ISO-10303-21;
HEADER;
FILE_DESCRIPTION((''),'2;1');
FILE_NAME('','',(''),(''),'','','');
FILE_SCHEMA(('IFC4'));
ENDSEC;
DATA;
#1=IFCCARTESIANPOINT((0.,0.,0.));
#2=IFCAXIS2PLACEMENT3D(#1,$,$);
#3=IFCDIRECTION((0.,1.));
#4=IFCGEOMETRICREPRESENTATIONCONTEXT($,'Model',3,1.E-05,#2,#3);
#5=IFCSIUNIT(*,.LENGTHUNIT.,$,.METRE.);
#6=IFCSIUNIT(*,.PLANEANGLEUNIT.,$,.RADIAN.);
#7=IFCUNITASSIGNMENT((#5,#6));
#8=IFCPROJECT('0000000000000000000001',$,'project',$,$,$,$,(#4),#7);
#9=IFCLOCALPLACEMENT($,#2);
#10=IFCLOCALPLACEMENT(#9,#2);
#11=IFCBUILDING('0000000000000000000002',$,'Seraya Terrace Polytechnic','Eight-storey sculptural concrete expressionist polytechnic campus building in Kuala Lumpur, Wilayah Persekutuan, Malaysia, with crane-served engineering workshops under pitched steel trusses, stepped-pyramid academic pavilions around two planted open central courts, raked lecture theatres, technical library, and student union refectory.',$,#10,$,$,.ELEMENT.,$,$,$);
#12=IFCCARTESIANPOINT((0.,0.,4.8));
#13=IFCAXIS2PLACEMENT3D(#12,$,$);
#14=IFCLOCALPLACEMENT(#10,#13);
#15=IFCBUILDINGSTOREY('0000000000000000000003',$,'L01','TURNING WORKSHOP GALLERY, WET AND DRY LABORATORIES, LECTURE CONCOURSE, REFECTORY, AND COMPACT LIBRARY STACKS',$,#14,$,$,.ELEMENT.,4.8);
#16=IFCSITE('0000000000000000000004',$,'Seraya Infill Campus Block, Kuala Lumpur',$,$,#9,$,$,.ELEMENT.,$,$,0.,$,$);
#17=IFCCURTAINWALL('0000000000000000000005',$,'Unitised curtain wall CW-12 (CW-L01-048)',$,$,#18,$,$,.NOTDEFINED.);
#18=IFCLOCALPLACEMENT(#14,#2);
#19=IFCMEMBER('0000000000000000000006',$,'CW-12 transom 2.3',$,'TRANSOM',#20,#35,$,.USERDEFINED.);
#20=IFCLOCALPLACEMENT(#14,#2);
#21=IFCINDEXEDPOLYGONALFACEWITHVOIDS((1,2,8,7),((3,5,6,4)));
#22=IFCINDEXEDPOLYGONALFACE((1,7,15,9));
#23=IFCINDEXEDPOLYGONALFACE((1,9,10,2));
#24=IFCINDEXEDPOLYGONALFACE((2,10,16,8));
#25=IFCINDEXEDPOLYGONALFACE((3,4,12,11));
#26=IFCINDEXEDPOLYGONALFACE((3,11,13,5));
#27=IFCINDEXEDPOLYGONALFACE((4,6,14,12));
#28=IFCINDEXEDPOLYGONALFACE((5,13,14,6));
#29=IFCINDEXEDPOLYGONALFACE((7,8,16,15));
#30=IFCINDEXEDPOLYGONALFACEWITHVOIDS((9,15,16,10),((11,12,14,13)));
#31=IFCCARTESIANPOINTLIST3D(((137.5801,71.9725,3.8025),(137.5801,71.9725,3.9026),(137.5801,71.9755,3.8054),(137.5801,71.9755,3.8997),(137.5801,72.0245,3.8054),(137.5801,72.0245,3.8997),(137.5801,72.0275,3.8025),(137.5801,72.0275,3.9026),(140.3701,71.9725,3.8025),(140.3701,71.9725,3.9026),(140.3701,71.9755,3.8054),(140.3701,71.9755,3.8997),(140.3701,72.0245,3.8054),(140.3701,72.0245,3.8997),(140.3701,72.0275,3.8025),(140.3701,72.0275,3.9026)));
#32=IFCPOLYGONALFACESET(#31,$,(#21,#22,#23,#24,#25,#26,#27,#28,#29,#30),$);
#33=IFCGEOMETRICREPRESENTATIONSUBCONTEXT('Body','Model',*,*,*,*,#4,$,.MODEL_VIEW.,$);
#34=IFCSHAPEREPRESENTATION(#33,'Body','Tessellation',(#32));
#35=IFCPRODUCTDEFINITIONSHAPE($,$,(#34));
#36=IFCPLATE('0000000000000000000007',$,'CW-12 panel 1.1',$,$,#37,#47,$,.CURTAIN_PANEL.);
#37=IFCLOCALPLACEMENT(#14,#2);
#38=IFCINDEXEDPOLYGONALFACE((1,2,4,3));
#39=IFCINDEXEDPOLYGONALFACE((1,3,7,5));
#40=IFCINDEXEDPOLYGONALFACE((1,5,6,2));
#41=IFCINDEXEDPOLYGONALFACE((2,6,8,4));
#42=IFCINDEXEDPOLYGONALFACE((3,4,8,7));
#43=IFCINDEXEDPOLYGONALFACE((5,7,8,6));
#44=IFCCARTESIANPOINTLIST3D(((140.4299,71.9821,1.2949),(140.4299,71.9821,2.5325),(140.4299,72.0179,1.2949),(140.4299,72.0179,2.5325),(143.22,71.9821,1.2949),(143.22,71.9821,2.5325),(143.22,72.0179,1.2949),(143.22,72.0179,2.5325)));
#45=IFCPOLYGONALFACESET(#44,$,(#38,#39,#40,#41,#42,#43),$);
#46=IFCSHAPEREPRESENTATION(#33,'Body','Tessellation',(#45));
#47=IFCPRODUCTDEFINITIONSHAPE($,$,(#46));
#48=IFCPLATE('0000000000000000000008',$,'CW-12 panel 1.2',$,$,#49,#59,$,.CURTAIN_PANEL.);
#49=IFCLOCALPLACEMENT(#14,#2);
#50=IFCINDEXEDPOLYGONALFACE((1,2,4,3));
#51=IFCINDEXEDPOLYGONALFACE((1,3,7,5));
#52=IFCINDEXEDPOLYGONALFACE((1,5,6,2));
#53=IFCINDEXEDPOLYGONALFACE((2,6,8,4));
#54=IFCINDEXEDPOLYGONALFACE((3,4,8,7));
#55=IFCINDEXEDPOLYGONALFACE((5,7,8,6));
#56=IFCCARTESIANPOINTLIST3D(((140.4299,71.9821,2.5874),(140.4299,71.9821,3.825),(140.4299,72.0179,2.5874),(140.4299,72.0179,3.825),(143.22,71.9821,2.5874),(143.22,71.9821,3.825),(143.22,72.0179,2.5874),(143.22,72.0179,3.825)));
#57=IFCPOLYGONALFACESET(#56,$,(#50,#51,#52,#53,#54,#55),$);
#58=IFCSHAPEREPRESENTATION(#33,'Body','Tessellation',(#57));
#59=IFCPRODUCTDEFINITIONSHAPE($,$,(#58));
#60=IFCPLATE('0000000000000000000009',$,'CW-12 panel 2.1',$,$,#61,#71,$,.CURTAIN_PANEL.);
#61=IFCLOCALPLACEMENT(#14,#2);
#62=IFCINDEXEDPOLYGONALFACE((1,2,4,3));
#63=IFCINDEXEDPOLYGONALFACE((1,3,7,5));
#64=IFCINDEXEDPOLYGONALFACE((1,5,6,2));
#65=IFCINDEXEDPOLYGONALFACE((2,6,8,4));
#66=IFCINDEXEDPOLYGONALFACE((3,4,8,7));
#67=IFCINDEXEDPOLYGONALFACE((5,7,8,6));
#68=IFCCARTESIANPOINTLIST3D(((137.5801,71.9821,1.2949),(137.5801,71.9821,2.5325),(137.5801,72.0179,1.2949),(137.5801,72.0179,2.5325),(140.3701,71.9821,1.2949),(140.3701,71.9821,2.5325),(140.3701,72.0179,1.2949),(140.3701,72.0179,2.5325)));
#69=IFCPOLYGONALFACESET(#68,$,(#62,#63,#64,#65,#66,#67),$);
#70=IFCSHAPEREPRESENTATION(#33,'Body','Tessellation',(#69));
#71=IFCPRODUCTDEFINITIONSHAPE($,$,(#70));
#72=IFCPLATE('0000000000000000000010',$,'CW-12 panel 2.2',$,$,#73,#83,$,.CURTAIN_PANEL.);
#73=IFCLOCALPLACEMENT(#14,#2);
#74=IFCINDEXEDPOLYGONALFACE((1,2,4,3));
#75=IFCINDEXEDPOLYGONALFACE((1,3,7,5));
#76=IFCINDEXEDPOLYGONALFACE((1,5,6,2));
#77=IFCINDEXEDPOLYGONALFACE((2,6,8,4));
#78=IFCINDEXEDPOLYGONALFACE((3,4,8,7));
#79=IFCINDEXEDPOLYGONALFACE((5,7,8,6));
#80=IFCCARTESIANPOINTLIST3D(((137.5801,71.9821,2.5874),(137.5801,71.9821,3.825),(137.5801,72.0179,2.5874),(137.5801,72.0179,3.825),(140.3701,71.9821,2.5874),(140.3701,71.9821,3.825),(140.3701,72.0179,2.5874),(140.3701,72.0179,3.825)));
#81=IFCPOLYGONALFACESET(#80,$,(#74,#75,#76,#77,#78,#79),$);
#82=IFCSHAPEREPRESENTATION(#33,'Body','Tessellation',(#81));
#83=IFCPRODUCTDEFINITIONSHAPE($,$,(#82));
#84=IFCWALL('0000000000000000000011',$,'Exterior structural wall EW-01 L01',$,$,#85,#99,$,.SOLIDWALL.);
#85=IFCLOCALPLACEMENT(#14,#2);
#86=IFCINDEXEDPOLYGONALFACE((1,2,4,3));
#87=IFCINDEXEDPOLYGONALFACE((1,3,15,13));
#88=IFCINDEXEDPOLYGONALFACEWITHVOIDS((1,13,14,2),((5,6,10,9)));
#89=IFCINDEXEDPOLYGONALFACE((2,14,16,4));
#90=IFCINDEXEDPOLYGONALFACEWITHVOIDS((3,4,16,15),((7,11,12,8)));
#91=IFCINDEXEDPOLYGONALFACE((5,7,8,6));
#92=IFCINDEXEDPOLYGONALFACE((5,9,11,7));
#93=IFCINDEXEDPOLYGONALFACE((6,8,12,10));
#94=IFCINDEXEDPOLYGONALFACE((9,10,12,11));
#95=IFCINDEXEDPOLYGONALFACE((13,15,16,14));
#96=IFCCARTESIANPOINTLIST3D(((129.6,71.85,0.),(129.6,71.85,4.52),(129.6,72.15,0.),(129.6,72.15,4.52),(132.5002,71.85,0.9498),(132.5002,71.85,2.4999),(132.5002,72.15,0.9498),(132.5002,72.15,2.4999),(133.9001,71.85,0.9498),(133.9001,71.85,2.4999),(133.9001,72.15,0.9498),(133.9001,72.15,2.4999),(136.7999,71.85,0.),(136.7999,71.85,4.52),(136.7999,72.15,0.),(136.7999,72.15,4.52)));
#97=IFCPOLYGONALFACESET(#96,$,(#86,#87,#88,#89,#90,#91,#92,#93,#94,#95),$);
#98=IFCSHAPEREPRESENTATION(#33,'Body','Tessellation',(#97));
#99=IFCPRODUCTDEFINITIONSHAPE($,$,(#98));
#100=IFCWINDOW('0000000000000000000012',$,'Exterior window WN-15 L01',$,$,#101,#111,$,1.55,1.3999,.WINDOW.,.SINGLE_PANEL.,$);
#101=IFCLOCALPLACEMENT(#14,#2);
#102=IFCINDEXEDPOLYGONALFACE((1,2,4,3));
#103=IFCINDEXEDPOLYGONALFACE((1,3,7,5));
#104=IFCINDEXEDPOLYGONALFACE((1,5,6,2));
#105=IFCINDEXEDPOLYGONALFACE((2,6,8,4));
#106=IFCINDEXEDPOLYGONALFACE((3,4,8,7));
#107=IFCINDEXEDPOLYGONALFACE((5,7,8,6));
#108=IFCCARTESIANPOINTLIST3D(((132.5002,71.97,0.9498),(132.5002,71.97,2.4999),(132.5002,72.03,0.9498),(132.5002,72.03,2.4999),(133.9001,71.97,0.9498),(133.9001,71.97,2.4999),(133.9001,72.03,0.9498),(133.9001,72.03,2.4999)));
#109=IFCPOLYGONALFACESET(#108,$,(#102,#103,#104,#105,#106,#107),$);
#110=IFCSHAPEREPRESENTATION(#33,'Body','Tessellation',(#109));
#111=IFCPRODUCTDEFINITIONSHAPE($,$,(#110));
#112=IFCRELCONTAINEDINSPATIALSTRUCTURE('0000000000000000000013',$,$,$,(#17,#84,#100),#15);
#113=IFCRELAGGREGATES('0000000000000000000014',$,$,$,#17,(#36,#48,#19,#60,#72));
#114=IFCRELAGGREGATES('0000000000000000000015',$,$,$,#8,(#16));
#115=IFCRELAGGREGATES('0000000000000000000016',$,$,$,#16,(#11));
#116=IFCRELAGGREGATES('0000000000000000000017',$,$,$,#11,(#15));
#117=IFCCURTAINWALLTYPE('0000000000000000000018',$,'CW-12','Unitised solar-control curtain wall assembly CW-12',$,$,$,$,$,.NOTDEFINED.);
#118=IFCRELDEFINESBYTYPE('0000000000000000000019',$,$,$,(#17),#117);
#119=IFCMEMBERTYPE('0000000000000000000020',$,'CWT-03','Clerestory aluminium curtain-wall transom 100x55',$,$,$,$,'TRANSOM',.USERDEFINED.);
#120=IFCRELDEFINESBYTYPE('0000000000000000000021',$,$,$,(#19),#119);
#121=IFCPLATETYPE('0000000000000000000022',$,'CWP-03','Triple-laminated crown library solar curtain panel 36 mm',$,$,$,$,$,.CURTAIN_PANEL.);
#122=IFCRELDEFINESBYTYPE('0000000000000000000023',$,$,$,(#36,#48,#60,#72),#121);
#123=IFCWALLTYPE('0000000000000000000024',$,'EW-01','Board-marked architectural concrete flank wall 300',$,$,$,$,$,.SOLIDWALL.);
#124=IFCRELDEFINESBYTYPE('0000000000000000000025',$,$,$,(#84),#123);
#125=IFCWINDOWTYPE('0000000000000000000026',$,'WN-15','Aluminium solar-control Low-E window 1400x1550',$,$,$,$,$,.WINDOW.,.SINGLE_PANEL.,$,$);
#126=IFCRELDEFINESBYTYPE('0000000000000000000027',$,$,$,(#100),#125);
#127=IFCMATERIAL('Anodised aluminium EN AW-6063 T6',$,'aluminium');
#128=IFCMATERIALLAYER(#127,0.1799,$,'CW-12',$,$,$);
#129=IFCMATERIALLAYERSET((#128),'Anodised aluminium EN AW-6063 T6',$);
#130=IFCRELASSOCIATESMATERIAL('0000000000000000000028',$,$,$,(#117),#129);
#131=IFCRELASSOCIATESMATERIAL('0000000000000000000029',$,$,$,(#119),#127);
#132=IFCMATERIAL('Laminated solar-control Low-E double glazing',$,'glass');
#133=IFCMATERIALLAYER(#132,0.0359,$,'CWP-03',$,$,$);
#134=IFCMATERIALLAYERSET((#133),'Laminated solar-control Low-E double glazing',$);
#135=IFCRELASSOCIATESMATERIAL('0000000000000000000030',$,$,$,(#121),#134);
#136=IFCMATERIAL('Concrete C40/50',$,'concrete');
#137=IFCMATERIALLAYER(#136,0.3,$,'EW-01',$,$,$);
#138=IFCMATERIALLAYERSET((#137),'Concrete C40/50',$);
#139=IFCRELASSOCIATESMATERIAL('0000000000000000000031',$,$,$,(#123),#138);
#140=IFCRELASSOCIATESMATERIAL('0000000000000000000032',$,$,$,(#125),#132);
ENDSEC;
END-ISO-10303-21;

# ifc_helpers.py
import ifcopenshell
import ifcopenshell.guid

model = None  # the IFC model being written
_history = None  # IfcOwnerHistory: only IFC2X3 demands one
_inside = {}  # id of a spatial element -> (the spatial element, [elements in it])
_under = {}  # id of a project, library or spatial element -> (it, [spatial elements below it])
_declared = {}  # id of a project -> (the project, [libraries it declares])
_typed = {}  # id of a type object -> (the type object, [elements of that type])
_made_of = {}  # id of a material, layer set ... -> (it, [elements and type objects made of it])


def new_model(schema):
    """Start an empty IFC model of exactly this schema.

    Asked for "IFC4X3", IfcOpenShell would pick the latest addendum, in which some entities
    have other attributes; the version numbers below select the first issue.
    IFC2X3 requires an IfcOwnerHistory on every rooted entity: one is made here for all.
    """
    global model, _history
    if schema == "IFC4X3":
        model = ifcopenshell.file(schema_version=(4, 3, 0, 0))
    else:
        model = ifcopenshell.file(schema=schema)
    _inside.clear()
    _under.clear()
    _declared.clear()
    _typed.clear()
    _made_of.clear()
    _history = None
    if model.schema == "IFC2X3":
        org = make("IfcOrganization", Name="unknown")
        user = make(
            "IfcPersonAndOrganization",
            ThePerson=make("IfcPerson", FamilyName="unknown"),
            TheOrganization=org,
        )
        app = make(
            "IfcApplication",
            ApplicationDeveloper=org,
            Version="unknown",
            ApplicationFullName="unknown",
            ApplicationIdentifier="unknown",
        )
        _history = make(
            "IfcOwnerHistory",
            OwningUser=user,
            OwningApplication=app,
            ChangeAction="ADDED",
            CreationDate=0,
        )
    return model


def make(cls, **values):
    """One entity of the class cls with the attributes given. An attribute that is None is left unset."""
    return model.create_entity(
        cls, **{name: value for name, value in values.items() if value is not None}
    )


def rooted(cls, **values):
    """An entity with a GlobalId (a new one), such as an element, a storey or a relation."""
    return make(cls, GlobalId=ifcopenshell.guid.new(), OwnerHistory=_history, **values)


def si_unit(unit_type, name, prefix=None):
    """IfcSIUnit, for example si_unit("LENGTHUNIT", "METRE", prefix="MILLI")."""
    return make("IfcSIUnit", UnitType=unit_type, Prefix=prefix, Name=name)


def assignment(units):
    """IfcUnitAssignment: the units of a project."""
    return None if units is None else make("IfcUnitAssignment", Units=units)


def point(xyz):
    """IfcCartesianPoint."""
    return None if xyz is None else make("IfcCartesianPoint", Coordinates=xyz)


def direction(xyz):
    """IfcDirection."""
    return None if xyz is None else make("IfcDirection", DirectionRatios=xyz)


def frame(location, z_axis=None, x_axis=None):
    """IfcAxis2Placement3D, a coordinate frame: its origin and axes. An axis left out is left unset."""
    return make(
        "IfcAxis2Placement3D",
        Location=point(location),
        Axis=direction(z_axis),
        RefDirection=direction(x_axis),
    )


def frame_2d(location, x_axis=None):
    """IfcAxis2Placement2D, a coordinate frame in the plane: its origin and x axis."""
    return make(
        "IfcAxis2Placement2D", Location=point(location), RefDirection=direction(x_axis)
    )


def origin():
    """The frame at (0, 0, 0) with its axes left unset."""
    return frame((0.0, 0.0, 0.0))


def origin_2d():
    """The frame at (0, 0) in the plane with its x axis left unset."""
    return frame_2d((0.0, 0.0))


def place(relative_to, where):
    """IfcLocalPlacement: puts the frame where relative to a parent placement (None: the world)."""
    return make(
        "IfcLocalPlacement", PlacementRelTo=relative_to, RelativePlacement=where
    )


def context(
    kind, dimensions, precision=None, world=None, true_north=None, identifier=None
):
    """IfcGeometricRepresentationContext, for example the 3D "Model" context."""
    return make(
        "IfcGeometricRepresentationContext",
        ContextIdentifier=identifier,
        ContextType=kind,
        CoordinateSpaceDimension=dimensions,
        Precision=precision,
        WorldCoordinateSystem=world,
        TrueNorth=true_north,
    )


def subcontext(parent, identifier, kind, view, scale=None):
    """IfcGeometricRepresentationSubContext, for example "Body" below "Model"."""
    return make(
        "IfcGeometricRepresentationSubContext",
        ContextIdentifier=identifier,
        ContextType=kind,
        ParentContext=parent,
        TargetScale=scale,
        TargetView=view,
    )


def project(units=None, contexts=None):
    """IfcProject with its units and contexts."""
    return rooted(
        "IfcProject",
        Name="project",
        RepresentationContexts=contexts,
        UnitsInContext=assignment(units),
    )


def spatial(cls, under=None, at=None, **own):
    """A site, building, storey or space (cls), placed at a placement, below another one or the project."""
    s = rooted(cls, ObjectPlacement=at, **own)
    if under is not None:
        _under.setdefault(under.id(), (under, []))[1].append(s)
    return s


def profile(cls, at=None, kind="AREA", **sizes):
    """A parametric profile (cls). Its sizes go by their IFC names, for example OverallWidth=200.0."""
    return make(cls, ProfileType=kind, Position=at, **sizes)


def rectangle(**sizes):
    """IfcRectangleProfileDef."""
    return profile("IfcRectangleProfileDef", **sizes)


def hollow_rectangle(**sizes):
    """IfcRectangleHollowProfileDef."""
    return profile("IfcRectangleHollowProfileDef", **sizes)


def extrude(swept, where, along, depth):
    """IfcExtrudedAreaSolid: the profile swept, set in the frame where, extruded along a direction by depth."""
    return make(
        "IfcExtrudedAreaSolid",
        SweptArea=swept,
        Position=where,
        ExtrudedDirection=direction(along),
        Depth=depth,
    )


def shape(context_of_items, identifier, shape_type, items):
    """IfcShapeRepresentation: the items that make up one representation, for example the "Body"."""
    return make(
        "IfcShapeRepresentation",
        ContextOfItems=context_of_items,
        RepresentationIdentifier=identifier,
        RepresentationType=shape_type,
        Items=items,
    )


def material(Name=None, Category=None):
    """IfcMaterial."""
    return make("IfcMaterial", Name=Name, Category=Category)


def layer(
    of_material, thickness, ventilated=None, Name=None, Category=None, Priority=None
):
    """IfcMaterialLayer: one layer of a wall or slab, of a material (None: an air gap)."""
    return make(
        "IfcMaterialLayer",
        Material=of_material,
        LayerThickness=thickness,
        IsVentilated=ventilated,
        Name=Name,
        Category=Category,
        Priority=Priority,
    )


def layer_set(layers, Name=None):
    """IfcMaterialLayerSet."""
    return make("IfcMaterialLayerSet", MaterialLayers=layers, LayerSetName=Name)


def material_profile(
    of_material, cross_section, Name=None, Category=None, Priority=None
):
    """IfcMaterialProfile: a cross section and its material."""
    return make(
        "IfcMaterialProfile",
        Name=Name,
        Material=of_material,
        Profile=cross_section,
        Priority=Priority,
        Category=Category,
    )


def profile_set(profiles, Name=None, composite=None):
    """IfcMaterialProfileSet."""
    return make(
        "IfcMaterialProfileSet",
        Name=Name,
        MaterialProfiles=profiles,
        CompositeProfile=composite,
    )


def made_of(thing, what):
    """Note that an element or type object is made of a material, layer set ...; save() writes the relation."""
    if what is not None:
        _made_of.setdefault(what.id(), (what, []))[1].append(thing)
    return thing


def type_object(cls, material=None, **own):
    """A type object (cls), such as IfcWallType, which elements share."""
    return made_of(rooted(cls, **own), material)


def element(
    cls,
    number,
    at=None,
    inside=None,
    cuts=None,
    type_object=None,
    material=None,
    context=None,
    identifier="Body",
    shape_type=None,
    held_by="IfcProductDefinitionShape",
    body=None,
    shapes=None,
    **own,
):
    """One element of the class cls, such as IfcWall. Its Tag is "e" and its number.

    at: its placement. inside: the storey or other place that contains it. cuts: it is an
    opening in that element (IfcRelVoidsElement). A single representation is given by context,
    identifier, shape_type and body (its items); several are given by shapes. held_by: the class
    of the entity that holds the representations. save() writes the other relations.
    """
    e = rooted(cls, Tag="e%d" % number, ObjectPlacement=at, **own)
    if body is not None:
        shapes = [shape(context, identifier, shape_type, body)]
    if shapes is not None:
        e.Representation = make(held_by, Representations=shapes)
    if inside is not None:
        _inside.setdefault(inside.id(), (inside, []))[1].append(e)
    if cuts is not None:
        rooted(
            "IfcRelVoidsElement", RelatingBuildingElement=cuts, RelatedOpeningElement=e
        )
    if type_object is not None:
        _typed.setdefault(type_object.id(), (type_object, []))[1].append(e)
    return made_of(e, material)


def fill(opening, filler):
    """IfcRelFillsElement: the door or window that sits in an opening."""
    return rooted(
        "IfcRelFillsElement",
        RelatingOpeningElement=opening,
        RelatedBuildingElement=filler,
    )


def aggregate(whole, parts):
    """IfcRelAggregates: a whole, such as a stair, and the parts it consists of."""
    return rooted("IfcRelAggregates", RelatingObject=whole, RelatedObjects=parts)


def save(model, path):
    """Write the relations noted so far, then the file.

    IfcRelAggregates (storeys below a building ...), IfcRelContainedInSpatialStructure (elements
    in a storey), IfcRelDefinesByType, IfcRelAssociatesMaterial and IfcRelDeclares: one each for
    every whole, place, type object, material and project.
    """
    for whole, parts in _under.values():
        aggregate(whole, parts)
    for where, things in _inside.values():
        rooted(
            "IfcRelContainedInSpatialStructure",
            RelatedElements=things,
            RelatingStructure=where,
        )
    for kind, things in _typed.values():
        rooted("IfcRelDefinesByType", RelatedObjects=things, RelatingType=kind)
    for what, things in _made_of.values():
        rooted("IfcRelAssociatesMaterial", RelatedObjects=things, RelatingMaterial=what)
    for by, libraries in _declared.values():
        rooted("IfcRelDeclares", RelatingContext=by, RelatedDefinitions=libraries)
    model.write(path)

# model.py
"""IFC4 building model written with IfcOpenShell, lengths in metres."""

from ifc_helpers import new_model, si_unit, direction, frame, frame_2d, origin, origin_2d, place, context, subcontext, project, spatial, rectangle, hollow_rectangle, extrude, material, layer, layer_set, material_profile, profile_set, type_object, element, fill, aggregate, save


model = new_model("IFC4")

# Units and contexts
model_context = context("Model", 3, precision=1e-05, world=origin(), true_north=direction((0.0, 1.0)))
body_context = subcontext(model_context, "Body", "Model", "MODEL_VIEW")
ifc_project = project(units=[si_unit("LENGTHUNIT", "METRE"), si_unit("PLANEANGLEUNIT", "RADIAN")], contexts=[model_context])

# Site, building, storey
site_placement = place(None, origin())
site = spatial("IfcSite", under=ifc_project, at=site_placement, Name="Seraya Infill Campus Block, Kuala Lumpur", CompositionType="ELEMENT", RefElevation=0.0)
building_placement = place(site_placement, origin())
building = spatial("IfcBuilding", under=site, at=building_placement, Name="Seraya Terrace Polytechnic", Description="Eight-storey sculptural concrete expressionist polytechnic campus building in Kuala Lumpur, Wilayah Persekutuan, Malaysia, with crane-served engineering workshops under pitched steel trusses, stepped-pyramid academic pavilions around two planted open central courts, raked lecture theatres, technical library, and student union refectory.", CompositionType="ELEMENT")
storey_placement = place(building_placement, frame((0.0, 0.0, 4.8)))
storey = spatial("IfcBuildingStorey", under=building, at=storey_placement, Name="L01", Description="TURNING WORKSHOP GALLERY, WET AND DRY LABORATORIES, LECTURE CONCOURSE, REFECTORY, AND COMPACT LIBRARY STACKS", CompositionType="ELEMENT", Elevation=4.8)

# Shared definitions
ifc_material_1 = material(Name="Concrete C40/50", Category="concrete")

# Curtain wall, member, plates
ifc_material_2 = material(Name="Anodised aluminium EN AW-6063 T6", Category="aluminium")
ifc_layer_1 = layer(ifc_material_2, 0.1799, Name="CW-12")
ifc_layer_set_1 = layer_set([ifc_layer_1], Name="Anodised aluminium EN AW-6063 T6")
curtain_wall_type = type_object("IfcCurtainWallType", Name="CW-12", Description="Unitised solar-control curtain wall assembly CW-12", PredefinedType="NOTDEFINED", material=ifc_layer_set_1)
curtain_wall_placement = place(storey_placement, origin())
curtain_wall = element("IfcCurtainWall", 1, at=curtain_wall_placement, inside=storey, type_object=curtain_wall_type, Name="Unitised curtain wall CW-12 (CW-L01-048)", PredefinedType="NOTDEFINED")
ifc_material_profile_1 = material_profile(ifc_material_2, hollow_rectangle(XDim=0.0549, YDim=0.1001, WallThickness=0.0029, at=origin_2d()), Name="RHS 100x55x3.0")
ifc_profile_set_1 = profile_set([ifc_material_profile_1], Name="Anodised aluminium EN AW-6063 T6")
member_type_1 = type_object("IfcMemberType", Name="CWT-03", Description="Clerestory aluminium curtain-wall transom 100x55", ElementType="TRANSOM", PredefinedType="USERDEFINED", material=ifc_profile_set_1)
member_1_placement = place(storey_placement, frame((140.3701, 72.0, 3.8525), z_axis=(-1.0, 0.0, 0.0), x_axis=(0.0, -1.0, 0.0)))
member_1 = element("IfcMember", 2, at=member_1_placement, type_object=member_type_1, Name="CW-12 transom 2.3", ObjectType="TRANSOM", PredefinedType="USERDEFINED", context=body_context, shape_type="SweptSolid", body=[
    extrude(hollow_rectangle(XDim=0.0549, YDim=0.1001, WallThickness=0.0029, at=origin_2d()), origin(), (0.0, 0.0, 1.0), 2.79),
])
ifc_material_3 = material(Name="Laminated solar-control Low-E double glazing", Category="glass")
ifc_layer_2 = layer(ifc_material_3, 0.0359, Name="CWP-03")
ifc_layer_set_2 = layer_set([ifc_layer_2], Name="Laminated solar-control Low-E double glazing")
plate_type = type_object("IfcPlateType", Name="CWP-03", Description="Triple-laminated crown library solar curtain panel 36 mm", PredefinedType="CURTAIN_PANEL", material=ifc_layer_set_2)
plate_1_placement = place(storey_placement, frame((141.825, 72.0, 1.2949), z_axis=(0.0, 0.0, 1.0), x_axis=(-1.0, 0.0, 0.0)))
plate_1 = element("IfcPlate", 3, at=plate_1_placement, type_object=plate_type, Name="CW-12 panel 1.1", PredefinedType="CURTAIN_PANEL", context=body_context, shape_type="SweptSolid", body=[
    extrude(rectangle(XDim=2.79, YDim=0.0359, at=origin_2d()), origin(), (0.0, 0.0, 1.0), 1.2375),
])
plate_2_placement = place(storey_placement, frame((141.825, 72.0, 2.5874), z_axis=(0.0, 0.0, 1.0), x_axis=(-1.0, 0.0, 0.0)))
plate_2 = element("IfcPlate", 4, at=plate_2_placement, type_object=plate_type, Name="CW-12 panel 1.2", PredefinedType="CURTAIN_PANEL", context=body_context, shape_type="SweptSolid", body=[
    extrude(rectangle(XDim=2.79, YDim=0.0359, at=origin_2d()), origin(), (0.0, 0.0, 1.0), 1.2375),
])
plate_3_placement = place(storey_placement, frame((138.9751, 72.0, 1.2949), z_axis=(0.0, 0.0, 1.0), x_axis=(-1.0, 0.0, 0.0)))
plate_3 = element("IfcPlate", 5, at=plate_3_placement, type_object=plate_type, Name="CW-12 panel 2.1", PredefinedType="CURTAIN_PANEL", context=body_context, shape_type="SweptSolid", body=[
    extrude(rectangle(XDim=2.79, YDim=0.0359, at=origin_2d()), origin(), (0.0, 0.0, 1.0), 1.2375),
])
plate_4_placement = place(storey_placement, frame((138.9751, 72.0, 2.5874), z_axis=(0.0, 0.0, 1.0), x_axis=(-1.0, 0.0, 0.0)))
plate_4 = element("IfcPlate", 6, at=plate_4_placement, type_object=plate_type, Name="CW-12 panel 2.2", PredefinedType="CURTAIN_PANEL", context=body_context, shape_type="SweptSolid", body=[
    extrude(rectangle(XDim=2.79, YDim=0.0359, at=origin_2d()), origin(), (0.0, 0.0, 1.0), 1.2375),
])
aggregate(curtain_wall, [plate_1, plate_2, member_1, plate_3, plate_4])

# Wall, opening, window
ifc_layer_3 = layer(ifc_material_1, 0.3, Name="EW-01")
ifc_layer_set_3 = layer_set([ifc_layer_3], Name="Concrete C40/50")
wall_type = type_object("IfcWallType", Name="EW-01", Description="Board-marked architectural concrete flank wall 300", PredefinedType="SOLIDWALL", material=ifc_layer_set_3)
wall_placement = place(storey_placement, frame((136.8, 72.0, 0.0), z_axis=(0.0, 0.0, 1.0), x_axis=(-1.0, 0.0, 0.0)))
wall = element("IfcWall", 7, at=wall_placement, inside=storey, type_object=wall_type, Name="Exterior structural wall EW-01 L01", PredefinedType="SOLIDWALL", context=body_context, shape_type="SweptSolid", body=[
    extrude(rectangle(XDim=7.2, YDim=0.3, at=frame_2d((3.6001, 0.0))), origin(), (0.0, 0.0, 1.0), 4.52),
])
opening_placement = place(wall_placement, frame((2.8999, 0.0, 0.95)))
opening = element("IfcOpeningElement", 8, at=opening_placement, cuts=wall, PredefinedType="OPENING", context=body_context, shape_type="SweptSolid", body=[
    extrude(rectangle(XDim=1.3999, YDim=1.55, at=frame_2d((0.7, 0.7749))), frame((0.0, 0.1621, 0.0), z_axis=(0.0, -1.0, 0.0), x_axis=(1.0, 0.0, 0.0)), (0.0, 0.0, 1.0), 0.324),
])
window_type = type_object("IfcWindowType", Name="WN-15", Description="Aluminium solar-control Low-E window 1400x1550", PartitioningType="SINGLE_PANEL", PredefinedType="WINDOW", material=ifc_material_3)
window_placement = place(opening_placement, origin())
window = element("IfcWindow", 9, at=window_placement, inside=storey, type_object=window_type, Name="Exterior window WN-15 L01", OverallHeight=1.55, OverallWidth=1.3999, PartitioningType="SINGLE_PANEL", PredefinedType="WINDOW", context=body_context, shape_type="SweptSolid", body=[
    extrude(rectangle(XDim=1.3999, YDim=1.55, at=frame_2d((0.7, 0.7749))), frame((0.0, 0.03, 0.0), z_axis=(0.0, -1.0, 0.0), x_axis=(1.0, 0.0, 0.0)), (0.0, 0.0, 1.0), 0.0601),
])
fill(opening, window)

save(model, "model.ifc")
